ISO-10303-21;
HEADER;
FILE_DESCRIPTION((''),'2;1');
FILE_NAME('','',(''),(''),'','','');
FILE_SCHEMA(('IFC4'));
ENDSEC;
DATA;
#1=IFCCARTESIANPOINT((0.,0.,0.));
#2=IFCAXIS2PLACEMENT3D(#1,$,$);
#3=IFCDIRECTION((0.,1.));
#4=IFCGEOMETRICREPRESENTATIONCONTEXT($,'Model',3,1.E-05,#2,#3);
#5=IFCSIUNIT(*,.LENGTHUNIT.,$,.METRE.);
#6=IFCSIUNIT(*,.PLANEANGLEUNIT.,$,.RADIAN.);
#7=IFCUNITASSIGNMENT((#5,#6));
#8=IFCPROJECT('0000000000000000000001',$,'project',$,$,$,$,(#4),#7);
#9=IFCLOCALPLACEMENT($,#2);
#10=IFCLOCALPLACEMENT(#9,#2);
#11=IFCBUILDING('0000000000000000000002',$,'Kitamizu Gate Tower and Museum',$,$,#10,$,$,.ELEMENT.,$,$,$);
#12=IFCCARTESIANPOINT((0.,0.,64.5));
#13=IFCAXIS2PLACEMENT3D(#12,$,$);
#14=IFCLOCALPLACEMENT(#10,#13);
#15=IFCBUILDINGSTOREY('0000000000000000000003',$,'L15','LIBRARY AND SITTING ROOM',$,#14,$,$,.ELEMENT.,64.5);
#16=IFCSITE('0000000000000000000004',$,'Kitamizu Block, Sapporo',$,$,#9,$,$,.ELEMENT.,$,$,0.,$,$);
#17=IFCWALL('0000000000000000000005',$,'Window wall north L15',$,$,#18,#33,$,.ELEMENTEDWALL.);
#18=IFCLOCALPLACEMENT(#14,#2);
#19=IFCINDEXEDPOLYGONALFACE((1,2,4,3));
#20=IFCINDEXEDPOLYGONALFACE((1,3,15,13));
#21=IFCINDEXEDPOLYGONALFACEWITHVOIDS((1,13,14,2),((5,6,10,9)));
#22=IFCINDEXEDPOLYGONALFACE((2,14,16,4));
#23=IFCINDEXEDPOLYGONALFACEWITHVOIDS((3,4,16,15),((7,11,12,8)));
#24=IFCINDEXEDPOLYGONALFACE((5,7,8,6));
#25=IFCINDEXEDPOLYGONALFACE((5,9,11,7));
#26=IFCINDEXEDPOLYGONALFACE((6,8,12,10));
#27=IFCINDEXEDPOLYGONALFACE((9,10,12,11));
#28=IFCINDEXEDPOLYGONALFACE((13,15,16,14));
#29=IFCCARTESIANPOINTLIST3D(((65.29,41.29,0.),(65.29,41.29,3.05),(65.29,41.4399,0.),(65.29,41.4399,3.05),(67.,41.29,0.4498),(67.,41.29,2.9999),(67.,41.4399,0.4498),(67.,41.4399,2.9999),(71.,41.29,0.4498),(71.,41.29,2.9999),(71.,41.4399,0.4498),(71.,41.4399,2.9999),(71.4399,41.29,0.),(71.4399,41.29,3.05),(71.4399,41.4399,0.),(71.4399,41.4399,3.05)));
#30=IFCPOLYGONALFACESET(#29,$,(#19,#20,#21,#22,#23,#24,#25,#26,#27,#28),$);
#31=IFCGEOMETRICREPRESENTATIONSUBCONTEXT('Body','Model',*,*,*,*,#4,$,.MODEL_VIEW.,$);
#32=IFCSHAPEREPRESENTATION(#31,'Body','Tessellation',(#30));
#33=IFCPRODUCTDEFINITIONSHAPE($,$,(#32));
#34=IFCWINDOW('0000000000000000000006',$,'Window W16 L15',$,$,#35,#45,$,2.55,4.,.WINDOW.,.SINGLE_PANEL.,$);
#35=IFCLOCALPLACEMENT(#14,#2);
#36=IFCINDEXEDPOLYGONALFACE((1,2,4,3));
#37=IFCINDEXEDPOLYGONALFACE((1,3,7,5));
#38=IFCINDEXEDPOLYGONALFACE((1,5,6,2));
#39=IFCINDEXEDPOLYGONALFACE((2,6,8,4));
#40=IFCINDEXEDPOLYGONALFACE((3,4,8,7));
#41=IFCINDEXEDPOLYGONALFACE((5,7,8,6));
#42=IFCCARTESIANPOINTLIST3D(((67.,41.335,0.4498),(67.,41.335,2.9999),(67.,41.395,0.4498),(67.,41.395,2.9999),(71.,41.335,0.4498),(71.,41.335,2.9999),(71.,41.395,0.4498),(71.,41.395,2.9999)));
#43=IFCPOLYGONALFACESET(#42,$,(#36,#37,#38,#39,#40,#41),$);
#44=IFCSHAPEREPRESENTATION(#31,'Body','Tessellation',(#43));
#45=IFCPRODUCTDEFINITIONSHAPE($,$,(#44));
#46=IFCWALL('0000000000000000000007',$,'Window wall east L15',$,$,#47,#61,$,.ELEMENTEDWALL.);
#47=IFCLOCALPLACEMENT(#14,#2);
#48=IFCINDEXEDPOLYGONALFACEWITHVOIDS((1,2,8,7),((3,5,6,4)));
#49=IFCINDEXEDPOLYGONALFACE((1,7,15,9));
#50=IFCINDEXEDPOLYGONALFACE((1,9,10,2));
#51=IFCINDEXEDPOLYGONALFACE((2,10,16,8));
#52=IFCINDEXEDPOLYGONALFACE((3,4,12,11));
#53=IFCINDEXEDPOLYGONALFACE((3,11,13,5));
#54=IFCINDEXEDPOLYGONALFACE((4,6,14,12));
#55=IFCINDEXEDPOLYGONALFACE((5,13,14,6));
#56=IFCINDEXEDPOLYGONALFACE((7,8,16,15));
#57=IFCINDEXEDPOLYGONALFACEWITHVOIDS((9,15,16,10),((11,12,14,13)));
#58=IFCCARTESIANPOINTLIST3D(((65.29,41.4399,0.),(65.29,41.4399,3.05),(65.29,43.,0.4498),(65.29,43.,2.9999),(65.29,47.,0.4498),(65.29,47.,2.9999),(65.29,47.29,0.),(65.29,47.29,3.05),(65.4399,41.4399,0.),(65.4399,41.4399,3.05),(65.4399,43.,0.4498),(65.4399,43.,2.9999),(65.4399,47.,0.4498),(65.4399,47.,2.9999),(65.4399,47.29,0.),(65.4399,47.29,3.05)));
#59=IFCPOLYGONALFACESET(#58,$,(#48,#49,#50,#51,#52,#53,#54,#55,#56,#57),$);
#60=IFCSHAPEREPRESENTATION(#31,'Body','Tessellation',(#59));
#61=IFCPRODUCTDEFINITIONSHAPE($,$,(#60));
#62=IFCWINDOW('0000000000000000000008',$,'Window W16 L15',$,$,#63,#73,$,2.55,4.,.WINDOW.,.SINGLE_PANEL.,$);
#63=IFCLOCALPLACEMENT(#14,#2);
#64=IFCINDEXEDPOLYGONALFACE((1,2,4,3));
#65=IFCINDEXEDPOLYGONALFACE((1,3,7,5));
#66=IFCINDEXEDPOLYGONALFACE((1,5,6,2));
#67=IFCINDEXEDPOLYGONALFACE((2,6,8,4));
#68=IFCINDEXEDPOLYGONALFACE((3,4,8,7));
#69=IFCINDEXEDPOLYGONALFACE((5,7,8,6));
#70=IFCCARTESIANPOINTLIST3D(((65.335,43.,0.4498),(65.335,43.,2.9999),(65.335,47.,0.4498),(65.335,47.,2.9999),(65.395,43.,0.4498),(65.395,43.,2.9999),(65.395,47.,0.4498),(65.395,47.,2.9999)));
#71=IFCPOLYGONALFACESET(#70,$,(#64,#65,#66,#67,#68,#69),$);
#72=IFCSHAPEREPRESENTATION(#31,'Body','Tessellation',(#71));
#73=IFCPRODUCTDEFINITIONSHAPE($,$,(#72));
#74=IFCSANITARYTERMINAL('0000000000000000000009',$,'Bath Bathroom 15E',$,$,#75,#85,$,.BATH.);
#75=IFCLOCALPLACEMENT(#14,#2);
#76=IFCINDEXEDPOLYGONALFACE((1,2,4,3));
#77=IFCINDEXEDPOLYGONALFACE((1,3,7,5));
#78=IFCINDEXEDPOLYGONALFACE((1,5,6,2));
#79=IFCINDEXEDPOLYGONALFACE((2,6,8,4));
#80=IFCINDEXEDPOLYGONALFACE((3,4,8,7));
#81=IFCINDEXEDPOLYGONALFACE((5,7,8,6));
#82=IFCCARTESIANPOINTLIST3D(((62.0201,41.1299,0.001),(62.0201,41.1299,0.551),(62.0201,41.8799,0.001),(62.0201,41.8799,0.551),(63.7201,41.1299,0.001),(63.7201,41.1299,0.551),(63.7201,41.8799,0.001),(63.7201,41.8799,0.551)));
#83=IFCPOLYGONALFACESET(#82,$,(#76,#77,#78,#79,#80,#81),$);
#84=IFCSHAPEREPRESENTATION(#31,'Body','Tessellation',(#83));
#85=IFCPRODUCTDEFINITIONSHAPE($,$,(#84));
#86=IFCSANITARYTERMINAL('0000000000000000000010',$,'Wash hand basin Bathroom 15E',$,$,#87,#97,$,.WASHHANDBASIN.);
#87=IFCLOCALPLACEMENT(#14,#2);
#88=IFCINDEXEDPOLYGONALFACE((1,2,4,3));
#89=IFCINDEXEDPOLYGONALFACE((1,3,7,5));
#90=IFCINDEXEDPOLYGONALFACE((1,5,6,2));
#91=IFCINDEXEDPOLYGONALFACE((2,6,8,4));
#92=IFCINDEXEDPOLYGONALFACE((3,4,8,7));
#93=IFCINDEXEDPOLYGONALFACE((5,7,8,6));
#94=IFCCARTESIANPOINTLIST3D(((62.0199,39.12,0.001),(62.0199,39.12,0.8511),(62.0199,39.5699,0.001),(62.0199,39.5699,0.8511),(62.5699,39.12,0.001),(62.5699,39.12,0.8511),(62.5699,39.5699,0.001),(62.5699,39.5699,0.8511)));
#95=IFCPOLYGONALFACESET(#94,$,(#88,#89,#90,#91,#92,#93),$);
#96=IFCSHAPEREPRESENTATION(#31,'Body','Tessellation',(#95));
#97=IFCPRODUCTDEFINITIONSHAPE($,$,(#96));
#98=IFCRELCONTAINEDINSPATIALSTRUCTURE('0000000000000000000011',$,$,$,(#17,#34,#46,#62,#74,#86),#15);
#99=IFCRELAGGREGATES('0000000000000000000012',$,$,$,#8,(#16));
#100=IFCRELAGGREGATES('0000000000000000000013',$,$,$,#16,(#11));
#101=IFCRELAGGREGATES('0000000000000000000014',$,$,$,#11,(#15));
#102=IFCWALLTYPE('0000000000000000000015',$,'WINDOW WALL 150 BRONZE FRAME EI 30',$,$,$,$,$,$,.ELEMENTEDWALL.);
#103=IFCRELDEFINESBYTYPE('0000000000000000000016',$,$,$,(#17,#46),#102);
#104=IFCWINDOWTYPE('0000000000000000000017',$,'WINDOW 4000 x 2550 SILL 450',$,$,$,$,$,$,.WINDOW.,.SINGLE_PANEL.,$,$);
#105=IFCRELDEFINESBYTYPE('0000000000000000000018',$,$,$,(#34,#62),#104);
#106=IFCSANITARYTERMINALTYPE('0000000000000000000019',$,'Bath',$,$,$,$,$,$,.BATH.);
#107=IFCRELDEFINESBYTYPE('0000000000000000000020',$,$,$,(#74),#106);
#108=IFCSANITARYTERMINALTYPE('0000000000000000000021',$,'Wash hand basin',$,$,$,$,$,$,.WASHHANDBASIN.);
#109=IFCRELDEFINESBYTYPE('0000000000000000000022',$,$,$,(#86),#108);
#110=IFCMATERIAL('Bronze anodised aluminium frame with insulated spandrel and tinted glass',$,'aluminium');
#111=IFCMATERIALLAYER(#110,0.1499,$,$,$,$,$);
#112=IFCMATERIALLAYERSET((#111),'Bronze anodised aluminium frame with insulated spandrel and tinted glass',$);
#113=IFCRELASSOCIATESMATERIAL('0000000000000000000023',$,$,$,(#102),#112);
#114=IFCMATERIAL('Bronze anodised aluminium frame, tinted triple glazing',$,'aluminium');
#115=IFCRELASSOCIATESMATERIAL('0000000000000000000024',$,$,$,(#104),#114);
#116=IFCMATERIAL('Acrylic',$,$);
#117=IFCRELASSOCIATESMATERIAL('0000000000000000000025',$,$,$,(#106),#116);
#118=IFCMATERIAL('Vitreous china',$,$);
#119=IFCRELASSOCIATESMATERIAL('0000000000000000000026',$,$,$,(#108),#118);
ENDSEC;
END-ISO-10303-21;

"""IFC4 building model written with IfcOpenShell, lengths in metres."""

from ifc_helpers import new_model, si_unit, direction, frame, frame_2d, origin, origin_2d, place, context, subcontext, project, spatial, rectangle, extrude, material, layer, layer_set, type_object, element, fill, save


model = new_model("IFC4")

# Units and contexts
model_context = context("Model", 3, precision=1e-05, world=origin(), true_north=direction((0.0, 1.0)))
body_context = subcontext(model_context, "Body", "Model", "MODEL_VIEW")
ifc_project = project(units=[si_unit("LENGTHUNIT", "METRE"), si_unit("PLANEANGLEUNIT", "RADIAN")], contexts=[model_context])

# Site, building, storey
site_placement = place(None, origin())
site = spatial("IfcSite", under=ifc_project, at=site_placement, Name="Kitamizu Block, Sapporo", CompositionType="ELEMENT", RefElevation=0.0)
building_placement = place(site_placement, origin())
building = spatial("IfcBuilding", under=site, at=building_placement, Name="Kitamizu Gate Tower and Museum", CompositionType="ELEMENT")
storey_placement = place(building_placement, frame((0.0, 0.0, 64.5)))
storey = spatial("IfcBuildingStorey", under=building, at=storey_placement, Name="L15", Description="LIBRARY AND SITTING ROOM", CompositionType="ELEMENT", Elevation=64.5)

# Walls, openings, windows
ifc_material_1 = material(Name="Bronze anodised aluminium frame with insulated spandrel and tinted glass", Category="aluminium")
ifc_layer_1 = layer(ifc_material_1, 0.1499)
ifc_layer_set_1 = layer_set([ifc_layer_1], Name="Bronze anodised aluminium frame with insulated spandrel and tinted glass")
wall_type_1 = type_object("IfcWallType", Name="WINDOW WALL 150 BRONZE FRAME EI 30", PredefinedType="ELEMENTEDWALL", material=ifc_layer_set_1)
wall_1_placement = place(storey_placement, frame((65.29, 41.365, 0.0), z_axis=(0.0, 0.0, 1.0), x_axis=(1.0, 0.0, 0.0)))
wall_1 = element("IfcWall", 1, at=wall_1_placement, inside=storey, type_object=wall_type_1, Name="Window wall north L15", PredefinedType="ELEMENTEDWALL", context=body_context, shape_type="SweptSolid", body=[
    extrude(rectangle(XDim=6.1499, YDim=0.1499, at=frame_2d((3.075, 0.0))), origin(), (0.0, 0.0, 1.0), 3.05),
])
opening_1_placement = place(wall_1_placement, frame((1.71, 0.0, 0.45)))
opening_1 = element("IfcOpeningElement", 2, at=opening_1_placement, cuts=wall_1, PredefinedType="OPENING", context=body_context, shape_type="SweptSolid", body=[
    extrude(rectangle(XDim=4.0, YDim=2.55, at=frame_2d((2.0, 1.2749))), frame((0.0, 0.085, 0.0), z_axis=(0.0, -1.0, 0.0), x_axis=(1.0, 0.0, 0.0)), (0.0, 0.0, 1.0), 0.1699),
])
ifc_material_2 = material(Name="Bronze anodised aluminium frame, tinted triple glazing", Category="aluminium")
window_type = type_object("IfcWindowType", Name="WINDOW 4000 x 2550 SILL 450", PartitioningType="SINGLE_PANEL", PredefinedType="WINDOW", material=ifc_material_2)
window_1_placement = place(opening_1_placement, origin())
window_1 = element("IfcWindow", 3, at=window_1_placement, inside=storey, type_object=window_type, Name="Window W16 L15", OverallHeight=2.55, OverallWidth=4.0, PartitioningType="SINGLE_PANEL", PredefinedType="WINDOW", context=body_context, shape_type="SweptSolid", body=[
    extrude(rectangle(XDim=4.0, YDim=2.55, at=frame_2d((2.0, 1.2749))), frame((0.0, 0.03, 0.0), z_axis=(0.0, -1.0, 0.0), x_axis=(1.0, 0.0, 0.0)), (0.0, 0.0, 1.0), 0.0601),
])
fill(opening_1, window_1)
wall_2_placement = place(storey_placement, frame((65.365, 41.4399, 0.0), z_axis=(0.0, 0.0, 1.0), x_axis=(0.0, 1.0, 0.0)))
wall_2 = element("IfcWall", 4, at=wall_2_placement, inside=storey, type_object=wall_type_1, Name="Window wall east L15", PredefinedType="ELEMENTEDWALL", context=body_context, shape_type="SweptSolid", body=[
    extrude(rectangle(XDim=5.8501, YDim=0.1499, at=frame_2d((2.925, 0.0))), origin(), (0.0, 0.0, 1.0), 3.05),
])
opening_2_placement = place(wall_2_placement, frame((1.5601, 0.0, 0.45)))
opening_2 = element("IfcOpeningElement", 5, at=opening_2_placement, cuts=wall_2, PredefinedType="OPENING", context=body_context, shape_type="SweptSolid", body=[
    extrude(rectangle(XDim=4.0, YDim=2.55, at=frame_2d((2.0, 1.2749))), frame((0.0, 0.085, 0.0), z_axis=(0.0, -1.0, 0.0), x_axis=(1.0, 0.0, 0.0)), (0.0, 0.0, 1.0), 0.1699),
])
window_2_placement = place(opening_2_placement, origin())
window_2 = element("IfcWindow", 6, at=window_2_placement, inside=storey, type_object=window_type, Name="Window W16 L15", OverallHeight=2.55, OverallWidth=4.0, PartitioningType="SINGLE_PANEL", PredefinedType="WINDOW", context=body_context, shape_type="SweptSolid", body=[
    extrude(rectangle(XDim=4.0, YDim=2.55, at=frame_2d((2.0, 1.2749))), frame((0.0, 0.03, 0.0), z_axis=(0.0, -1.0, 0.0), x_axis=(1.0, 0.0, 0.0)), (0.0, 0.0, 1.0), 0.0601),
])
fill(opening_2, window_2)

# Sanitary terminals
ifc_material_3 = material(Name="Acrylic")
sanitary_terminal_type_1 = type_object("IfcSanitaryTerminalType", Name="Bath", PredefinedType="BATH", material=ifc_material_3)
sanitary_terminal_1_placement = place(storey_placement, frame((62.8701, 41.5049, 0.001), z_axis=(0.0, 0.0, 1.0), x_axis=(1.0, 0.0, 0.0)))
element("IfcSanitaryTerminal", 7, at=sanitary_terminal_1_placement, inside=storey, type_object=sanitary_terminal_type_1, Name="Bath Bathroom 15E", PredefinedType="BATH", context=body_context, shape_type="SweptSolid", body=[
    extrude(rectangle(XDim=1.7, YDim=0.75, at=origin_2d()), origin(), (0.0, 0.0, 1.0), 0.55),
])
ifc_material_4 = material(Name="Vitreous china")
sanitary_terminal_type_2 = type_object("IfcSanitaryTerminalType", Name="Wash hand basin", PredefinedType="WASHHANDBASIN", material=ifc_material_4)
sanitary_terminal_2_placement = place(storey_placement, frame((62.2949, 39.345, 0.001), z_axis=(0.0, 0.0, 1.0), x_axis=(1.0, 0.0, 0.0)))
element("IfcSanitaryTerminal", 8, at=sanitary_terminal_2_placement, inside=storey, type_object=sanitary_terminal_type_2, Name="Wash hand basin Bathroom 15E", PredefinedType="WASHHANDBASIN", context=body_context, shape_type="SweptSolid", body=[
    extrude(rectangle(XDim=0.55, YDim=0.45, at=origin_2d()), origin(), (0.0, 0.0, 1.0), 0.8501),
])

save(model, "model.ifc")
